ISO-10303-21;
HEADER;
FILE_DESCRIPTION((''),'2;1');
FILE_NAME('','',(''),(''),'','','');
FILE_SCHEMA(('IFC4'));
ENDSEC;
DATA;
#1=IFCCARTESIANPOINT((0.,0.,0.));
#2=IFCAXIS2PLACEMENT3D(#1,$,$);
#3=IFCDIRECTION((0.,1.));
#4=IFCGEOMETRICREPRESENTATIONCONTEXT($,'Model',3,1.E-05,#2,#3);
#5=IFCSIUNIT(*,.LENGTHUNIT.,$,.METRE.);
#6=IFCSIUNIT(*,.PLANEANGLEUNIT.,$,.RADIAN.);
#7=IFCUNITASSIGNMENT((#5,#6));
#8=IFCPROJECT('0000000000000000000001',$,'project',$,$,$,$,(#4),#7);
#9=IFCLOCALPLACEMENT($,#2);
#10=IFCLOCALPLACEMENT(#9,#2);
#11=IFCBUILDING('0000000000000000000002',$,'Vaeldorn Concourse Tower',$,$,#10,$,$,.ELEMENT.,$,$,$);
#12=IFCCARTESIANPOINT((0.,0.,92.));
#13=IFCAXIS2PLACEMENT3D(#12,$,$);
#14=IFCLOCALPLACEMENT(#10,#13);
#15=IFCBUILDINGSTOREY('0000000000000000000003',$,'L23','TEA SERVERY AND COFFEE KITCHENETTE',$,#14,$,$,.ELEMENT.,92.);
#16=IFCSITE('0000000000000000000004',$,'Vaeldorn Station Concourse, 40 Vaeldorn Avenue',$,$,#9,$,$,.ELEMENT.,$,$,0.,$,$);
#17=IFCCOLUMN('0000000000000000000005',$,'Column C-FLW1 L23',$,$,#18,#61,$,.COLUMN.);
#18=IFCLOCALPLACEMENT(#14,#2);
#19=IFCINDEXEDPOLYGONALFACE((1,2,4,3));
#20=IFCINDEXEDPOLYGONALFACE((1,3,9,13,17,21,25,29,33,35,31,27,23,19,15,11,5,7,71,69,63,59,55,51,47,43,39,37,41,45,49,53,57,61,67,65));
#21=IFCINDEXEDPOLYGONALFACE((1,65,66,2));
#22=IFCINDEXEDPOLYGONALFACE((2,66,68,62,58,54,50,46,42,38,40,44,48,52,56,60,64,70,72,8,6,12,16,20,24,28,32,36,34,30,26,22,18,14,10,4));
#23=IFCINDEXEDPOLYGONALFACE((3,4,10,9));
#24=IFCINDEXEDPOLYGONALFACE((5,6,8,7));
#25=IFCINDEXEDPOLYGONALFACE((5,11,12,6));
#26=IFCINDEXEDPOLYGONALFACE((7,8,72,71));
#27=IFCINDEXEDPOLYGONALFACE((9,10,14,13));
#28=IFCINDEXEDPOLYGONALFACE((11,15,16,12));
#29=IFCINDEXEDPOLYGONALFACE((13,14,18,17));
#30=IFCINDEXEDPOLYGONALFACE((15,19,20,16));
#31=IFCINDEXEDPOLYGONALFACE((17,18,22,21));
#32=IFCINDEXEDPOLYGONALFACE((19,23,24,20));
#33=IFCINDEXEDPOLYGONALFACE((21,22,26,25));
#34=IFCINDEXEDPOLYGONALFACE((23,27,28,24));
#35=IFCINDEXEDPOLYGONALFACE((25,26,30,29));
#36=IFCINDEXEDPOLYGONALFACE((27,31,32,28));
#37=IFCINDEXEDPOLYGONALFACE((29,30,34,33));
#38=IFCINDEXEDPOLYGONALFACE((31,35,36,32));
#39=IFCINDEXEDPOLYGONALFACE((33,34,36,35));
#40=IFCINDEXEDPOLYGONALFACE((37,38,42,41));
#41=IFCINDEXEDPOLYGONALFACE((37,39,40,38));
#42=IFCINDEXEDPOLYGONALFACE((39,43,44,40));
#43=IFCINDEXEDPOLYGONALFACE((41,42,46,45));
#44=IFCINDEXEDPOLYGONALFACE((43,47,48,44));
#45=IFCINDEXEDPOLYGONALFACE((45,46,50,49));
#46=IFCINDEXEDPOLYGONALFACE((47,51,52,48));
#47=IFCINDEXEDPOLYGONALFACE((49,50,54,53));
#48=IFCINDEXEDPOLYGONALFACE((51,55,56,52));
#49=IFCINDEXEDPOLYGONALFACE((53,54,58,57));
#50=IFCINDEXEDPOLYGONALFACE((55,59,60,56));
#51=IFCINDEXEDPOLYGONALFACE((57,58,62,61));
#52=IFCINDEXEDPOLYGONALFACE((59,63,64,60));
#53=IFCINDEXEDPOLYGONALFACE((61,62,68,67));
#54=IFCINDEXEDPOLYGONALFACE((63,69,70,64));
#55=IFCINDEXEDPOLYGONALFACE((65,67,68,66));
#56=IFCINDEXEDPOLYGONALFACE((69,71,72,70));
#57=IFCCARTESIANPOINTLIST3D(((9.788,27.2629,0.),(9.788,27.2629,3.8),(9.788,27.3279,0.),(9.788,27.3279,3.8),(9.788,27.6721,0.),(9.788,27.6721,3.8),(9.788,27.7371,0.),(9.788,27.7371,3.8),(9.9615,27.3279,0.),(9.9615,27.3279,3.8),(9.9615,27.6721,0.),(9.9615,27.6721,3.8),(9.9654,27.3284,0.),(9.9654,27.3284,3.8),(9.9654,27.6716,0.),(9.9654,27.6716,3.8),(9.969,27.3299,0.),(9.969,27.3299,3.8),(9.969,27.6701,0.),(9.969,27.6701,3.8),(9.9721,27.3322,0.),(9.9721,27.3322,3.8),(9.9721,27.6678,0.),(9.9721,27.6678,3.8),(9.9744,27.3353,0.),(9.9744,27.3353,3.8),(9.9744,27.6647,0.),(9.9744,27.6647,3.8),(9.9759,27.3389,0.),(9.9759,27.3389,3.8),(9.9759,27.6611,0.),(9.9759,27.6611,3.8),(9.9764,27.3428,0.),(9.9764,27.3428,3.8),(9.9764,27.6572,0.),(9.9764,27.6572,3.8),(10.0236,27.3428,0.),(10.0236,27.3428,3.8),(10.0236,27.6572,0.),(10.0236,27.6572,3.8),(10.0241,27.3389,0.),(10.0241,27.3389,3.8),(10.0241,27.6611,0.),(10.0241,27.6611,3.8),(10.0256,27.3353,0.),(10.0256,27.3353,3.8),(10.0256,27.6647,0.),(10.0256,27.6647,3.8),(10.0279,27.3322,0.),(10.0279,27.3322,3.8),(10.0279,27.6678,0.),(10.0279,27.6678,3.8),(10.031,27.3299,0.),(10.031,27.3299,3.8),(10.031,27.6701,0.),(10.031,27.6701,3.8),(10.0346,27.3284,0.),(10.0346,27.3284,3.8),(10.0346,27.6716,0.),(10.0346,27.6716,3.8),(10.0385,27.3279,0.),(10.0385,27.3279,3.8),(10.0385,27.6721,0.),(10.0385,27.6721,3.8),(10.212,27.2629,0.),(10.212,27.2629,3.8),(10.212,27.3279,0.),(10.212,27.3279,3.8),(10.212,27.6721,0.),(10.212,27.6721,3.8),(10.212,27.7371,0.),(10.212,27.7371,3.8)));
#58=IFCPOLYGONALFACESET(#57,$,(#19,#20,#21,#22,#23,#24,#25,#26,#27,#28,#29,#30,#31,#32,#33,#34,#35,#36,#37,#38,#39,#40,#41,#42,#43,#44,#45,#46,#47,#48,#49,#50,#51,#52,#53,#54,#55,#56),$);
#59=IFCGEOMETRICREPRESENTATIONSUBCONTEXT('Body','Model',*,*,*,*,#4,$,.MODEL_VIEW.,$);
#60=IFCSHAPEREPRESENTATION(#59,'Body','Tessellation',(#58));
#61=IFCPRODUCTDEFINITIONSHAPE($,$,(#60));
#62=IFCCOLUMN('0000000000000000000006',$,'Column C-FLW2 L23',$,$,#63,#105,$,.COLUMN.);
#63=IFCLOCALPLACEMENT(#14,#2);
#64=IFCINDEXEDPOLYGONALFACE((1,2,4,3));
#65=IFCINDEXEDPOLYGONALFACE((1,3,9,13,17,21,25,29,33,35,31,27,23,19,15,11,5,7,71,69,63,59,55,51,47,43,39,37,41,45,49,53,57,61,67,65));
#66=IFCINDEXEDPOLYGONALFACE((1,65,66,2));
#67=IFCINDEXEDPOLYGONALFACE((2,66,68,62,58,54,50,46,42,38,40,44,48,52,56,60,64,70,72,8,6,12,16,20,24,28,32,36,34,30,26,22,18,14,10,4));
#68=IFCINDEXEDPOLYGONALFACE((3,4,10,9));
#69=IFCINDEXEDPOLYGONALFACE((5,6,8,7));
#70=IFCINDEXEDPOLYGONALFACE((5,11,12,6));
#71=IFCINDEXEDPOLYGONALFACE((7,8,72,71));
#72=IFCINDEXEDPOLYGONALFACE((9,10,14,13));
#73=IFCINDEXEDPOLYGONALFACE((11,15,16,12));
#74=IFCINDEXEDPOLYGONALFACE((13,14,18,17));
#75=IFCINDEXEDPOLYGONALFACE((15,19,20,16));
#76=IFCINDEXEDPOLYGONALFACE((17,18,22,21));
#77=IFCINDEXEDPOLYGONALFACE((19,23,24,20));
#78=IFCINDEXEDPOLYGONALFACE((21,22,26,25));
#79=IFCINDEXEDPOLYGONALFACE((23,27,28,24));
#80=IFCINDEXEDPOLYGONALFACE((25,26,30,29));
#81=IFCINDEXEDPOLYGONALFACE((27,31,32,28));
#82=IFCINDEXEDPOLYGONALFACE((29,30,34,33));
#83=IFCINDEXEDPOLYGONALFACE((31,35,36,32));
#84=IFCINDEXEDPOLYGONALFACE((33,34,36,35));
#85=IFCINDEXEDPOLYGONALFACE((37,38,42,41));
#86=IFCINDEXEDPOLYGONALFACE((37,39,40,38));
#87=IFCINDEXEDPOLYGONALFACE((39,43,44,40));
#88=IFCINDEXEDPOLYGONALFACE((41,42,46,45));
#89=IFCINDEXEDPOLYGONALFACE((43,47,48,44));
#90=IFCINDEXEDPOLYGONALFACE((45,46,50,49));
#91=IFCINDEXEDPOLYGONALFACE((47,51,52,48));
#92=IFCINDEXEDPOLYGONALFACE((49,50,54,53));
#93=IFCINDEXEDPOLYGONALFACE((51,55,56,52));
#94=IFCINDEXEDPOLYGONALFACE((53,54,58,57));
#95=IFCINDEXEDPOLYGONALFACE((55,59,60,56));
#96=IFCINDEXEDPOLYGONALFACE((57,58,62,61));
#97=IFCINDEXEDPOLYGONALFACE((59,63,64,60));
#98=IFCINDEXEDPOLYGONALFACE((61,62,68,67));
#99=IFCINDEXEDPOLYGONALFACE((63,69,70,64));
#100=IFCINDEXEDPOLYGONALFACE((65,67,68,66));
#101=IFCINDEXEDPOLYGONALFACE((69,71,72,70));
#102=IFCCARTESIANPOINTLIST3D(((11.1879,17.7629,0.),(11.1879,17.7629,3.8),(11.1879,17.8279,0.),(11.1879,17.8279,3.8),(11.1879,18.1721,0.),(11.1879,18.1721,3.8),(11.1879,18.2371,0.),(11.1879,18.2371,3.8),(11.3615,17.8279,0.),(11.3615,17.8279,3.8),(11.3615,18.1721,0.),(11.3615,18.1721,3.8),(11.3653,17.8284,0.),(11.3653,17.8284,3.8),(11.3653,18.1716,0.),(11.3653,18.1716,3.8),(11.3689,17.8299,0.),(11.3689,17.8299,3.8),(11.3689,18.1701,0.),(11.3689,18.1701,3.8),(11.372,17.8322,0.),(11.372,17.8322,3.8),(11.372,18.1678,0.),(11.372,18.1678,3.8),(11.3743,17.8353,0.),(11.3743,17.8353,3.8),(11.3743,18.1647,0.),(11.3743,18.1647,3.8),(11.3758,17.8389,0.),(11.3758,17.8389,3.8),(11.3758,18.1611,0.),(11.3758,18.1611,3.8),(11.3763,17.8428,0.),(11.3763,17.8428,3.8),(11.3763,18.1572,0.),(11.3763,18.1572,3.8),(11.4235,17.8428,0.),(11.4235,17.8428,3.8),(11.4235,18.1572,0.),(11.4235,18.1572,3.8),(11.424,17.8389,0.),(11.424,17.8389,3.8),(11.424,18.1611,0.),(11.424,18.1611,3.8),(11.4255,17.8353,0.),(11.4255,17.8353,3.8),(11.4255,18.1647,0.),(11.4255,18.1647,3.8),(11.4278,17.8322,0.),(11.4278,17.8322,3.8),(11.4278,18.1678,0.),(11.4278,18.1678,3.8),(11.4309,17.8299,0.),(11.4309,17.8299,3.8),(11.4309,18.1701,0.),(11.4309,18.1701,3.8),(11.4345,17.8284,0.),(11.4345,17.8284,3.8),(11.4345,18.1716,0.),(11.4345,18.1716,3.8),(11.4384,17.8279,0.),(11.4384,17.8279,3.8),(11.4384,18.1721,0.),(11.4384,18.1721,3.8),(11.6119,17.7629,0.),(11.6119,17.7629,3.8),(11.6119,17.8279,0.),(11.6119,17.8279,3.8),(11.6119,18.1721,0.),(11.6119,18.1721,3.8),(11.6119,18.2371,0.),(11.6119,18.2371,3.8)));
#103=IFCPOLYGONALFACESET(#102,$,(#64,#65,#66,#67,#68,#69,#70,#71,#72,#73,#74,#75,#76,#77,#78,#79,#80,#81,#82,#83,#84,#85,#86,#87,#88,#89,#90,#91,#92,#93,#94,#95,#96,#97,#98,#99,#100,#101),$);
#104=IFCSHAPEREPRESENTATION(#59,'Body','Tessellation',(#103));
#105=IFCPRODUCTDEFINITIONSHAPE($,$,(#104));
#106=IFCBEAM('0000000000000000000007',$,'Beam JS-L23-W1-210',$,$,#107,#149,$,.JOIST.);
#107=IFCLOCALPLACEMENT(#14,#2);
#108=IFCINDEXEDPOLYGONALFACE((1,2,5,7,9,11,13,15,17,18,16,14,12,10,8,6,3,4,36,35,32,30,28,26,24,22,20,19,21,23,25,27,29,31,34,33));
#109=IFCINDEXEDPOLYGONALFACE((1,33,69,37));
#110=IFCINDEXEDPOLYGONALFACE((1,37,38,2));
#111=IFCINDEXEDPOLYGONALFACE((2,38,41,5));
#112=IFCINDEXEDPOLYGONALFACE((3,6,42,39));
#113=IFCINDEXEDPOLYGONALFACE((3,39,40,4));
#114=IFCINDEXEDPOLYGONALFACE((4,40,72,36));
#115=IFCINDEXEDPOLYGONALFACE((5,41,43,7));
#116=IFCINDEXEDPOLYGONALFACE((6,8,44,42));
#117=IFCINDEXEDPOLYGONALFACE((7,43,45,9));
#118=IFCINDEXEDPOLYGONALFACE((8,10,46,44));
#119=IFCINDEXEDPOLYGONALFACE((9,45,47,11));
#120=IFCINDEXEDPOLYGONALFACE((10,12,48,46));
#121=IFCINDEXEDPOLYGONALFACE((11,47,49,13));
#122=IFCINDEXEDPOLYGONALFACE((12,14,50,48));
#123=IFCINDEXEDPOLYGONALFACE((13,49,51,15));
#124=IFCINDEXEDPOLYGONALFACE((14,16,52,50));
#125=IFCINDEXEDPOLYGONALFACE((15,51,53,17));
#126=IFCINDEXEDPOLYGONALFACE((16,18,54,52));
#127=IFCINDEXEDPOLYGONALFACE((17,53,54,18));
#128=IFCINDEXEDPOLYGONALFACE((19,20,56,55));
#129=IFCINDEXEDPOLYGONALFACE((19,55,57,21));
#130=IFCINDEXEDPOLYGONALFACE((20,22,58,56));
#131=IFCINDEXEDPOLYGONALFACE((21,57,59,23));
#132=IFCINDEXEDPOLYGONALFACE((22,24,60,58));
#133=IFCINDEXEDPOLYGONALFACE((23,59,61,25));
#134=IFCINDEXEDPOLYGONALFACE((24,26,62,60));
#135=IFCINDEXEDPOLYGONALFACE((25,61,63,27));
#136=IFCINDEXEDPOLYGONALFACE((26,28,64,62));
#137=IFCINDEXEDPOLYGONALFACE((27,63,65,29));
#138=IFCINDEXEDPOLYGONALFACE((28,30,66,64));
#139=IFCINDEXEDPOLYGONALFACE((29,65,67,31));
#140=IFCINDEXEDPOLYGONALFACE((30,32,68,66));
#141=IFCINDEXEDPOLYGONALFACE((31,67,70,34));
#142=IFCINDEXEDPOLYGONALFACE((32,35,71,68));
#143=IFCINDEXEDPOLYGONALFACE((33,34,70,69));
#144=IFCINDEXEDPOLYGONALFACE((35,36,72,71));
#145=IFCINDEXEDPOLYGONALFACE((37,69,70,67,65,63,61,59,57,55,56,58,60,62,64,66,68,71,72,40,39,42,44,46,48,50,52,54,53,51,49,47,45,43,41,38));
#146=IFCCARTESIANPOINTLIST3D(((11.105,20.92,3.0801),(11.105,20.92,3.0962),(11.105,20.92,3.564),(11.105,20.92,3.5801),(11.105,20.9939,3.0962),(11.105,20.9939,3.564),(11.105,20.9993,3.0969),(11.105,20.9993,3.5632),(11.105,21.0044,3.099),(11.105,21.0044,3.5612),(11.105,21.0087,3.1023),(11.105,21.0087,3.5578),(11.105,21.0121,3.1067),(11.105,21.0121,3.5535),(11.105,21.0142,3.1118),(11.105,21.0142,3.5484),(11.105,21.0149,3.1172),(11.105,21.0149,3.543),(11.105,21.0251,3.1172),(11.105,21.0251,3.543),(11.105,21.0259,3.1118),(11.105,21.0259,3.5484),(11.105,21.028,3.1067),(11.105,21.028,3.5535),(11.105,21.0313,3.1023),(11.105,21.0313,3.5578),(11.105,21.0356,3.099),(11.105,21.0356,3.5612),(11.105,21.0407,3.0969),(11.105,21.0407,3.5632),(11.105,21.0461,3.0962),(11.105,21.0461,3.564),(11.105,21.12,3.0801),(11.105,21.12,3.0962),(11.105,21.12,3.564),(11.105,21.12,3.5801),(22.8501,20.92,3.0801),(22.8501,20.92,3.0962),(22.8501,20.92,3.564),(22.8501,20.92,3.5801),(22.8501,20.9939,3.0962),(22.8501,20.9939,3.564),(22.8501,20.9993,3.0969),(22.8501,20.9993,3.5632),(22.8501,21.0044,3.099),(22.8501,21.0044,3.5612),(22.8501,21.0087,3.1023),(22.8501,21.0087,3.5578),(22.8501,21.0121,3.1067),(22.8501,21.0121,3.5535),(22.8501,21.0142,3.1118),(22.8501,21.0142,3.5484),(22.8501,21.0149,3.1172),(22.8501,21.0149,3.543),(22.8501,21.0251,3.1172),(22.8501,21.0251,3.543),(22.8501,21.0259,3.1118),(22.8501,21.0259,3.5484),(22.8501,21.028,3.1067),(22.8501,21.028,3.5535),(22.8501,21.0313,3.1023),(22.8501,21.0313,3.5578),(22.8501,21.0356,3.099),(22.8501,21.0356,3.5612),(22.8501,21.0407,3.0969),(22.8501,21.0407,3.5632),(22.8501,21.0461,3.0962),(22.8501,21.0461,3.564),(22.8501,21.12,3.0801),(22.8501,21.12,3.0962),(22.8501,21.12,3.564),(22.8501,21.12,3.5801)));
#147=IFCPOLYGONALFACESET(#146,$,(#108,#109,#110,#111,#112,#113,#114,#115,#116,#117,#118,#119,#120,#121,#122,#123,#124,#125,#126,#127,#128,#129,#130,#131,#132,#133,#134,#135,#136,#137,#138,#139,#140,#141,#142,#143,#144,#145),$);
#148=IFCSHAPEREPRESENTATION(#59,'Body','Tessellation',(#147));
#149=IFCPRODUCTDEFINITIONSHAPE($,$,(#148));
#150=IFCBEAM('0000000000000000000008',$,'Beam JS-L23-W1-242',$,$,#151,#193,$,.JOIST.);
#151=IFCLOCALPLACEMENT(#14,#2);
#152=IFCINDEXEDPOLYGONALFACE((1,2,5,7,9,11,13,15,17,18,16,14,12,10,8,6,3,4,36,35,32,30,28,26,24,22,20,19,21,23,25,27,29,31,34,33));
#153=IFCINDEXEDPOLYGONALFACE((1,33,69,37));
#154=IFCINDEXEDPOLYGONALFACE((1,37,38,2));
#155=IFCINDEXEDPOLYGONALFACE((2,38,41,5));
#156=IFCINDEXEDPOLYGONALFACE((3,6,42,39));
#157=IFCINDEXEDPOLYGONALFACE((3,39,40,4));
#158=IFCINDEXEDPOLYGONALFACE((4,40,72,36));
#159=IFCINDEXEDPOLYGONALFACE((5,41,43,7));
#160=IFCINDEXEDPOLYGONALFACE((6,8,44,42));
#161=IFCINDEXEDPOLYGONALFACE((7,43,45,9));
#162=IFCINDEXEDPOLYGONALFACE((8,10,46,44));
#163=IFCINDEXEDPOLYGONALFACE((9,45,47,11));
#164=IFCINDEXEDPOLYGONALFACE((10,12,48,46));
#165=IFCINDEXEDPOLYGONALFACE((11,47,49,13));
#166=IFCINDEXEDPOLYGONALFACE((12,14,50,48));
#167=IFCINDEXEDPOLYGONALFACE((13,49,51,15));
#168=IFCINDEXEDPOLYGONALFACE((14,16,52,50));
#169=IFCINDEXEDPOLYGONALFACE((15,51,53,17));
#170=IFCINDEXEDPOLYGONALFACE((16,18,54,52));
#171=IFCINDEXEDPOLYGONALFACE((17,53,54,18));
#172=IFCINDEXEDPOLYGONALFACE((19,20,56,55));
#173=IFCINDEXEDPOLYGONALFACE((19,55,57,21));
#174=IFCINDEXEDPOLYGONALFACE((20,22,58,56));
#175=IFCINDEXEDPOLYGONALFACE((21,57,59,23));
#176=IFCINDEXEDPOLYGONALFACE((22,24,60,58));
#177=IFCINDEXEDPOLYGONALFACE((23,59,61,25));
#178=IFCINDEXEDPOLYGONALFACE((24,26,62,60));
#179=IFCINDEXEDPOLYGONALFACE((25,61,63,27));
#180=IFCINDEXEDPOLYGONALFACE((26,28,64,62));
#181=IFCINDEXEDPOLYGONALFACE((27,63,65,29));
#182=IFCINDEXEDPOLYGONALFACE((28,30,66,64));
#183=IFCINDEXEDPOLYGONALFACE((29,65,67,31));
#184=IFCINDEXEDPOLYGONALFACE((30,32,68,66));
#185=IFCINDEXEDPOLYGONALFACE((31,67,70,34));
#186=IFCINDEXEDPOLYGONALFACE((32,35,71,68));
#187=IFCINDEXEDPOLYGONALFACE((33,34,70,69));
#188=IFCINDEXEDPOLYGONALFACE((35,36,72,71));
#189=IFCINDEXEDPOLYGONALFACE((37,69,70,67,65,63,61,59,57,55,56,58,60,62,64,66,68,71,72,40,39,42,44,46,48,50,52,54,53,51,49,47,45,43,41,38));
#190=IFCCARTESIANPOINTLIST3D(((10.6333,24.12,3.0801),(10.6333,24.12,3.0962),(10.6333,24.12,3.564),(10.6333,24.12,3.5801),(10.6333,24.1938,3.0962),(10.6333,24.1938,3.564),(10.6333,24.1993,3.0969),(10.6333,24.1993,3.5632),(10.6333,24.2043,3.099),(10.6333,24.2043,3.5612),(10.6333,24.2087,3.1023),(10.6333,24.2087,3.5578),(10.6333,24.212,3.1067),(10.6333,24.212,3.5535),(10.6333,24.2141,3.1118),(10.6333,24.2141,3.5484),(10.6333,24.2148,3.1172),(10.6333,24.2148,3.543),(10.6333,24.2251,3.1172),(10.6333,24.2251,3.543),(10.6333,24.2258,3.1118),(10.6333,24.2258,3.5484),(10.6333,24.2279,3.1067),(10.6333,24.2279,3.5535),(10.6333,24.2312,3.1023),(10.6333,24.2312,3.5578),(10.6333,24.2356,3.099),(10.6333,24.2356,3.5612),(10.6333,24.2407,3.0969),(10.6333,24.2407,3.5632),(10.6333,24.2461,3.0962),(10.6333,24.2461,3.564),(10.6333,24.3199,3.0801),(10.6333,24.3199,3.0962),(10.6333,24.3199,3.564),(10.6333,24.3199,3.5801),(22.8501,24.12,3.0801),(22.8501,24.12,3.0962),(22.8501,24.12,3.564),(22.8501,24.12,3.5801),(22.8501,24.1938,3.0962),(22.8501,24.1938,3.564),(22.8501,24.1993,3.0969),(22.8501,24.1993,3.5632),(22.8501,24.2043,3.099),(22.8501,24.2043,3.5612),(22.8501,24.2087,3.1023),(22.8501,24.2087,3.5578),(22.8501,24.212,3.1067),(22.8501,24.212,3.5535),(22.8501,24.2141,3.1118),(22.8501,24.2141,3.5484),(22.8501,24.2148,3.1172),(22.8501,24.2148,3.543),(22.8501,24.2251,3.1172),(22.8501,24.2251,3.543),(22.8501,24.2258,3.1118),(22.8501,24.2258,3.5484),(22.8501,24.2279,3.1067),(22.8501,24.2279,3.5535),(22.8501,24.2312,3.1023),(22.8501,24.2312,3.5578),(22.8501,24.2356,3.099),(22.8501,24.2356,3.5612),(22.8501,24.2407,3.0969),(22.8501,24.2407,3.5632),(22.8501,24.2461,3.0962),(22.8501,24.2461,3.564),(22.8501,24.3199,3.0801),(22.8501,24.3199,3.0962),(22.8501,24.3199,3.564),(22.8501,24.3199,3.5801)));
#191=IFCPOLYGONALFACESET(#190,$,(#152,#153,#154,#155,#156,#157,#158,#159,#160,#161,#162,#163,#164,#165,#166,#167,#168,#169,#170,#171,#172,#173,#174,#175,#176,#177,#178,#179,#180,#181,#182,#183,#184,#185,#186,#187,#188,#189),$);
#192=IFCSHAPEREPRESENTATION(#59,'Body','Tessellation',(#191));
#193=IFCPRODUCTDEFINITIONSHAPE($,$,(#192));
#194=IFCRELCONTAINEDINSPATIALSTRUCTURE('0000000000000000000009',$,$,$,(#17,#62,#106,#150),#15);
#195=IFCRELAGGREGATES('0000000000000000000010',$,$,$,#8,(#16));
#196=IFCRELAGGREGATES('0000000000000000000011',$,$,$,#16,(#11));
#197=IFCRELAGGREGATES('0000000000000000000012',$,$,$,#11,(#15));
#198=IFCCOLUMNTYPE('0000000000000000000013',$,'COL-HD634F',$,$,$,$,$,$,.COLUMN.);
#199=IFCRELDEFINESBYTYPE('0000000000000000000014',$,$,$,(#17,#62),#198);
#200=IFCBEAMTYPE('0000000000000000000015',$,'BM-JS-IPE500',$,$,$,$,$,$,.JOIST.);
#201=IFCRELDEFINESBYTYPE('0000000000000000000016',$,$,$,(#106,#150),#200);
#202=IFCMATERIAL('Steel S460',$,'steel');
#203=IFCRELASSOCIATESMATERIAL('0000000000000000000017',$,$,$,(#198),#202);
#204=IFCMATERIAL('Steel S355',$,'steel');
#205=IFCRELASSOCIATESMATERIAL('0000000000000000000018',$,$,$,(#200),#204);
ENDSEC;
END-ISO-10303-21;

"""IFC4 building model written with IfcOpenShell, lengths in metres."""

from ifc_helpers import new_model, si_unit, direction, frame, origin, origin_2d, place, context, subcontext, project, spatial, i_section, extrude, source, transform, mapped, material, material_profile, profile_set, type_object, element, save


model = new_model("IFC4")

# Units and contexts
model_context = context("Model", 3, precision=1e-05, world=origin(), true_north=direction((0.0, 1.0)))
body_context = subcontext(model_context, "Body", "Model", "MODEL_VIEW")
ifc_project = project(units=[si_unit("LENGTHUNIT", "METRE"), si_unit("PLANEANGLEUNIT", "RADIAN")], contexts=[model_context])

# Site, building, storey
site_placement = place(None, origin())
site = spatial("IfcSite", under=ifc_project, at=site_placement, Name="Vaeldorn Station Concourse, 40 Vaeldorn Avenue", CompositionType="ELEMENT", RefElevation=0.0)
building_placement = place(site_placement, origin())
building = spatial("IfcBuilding", under=site, at=building_placement, Name="Vaeldorn Concourse Tower", CompositionType="ELEMENT")
storey_placement = place(building_placement, frame((0.0, 0.0, 92.0)))
storey = spatial("IfcBuildingStorey", under=building, at=storey_placement, Name="L23", Description="TEA SERVERY AND COFFEE KITCHENETTE", CompositionType="ELEMENT", Elevation=92.0)

# Columns
ifc_material_1 = material(Name="Steel S460", Category="steel")
ifc_material_profile_1 = material_profile(ifc_material_1, i_section(OverallWidth=0.4241, OverallDepth=0.4741, WebThickness=0.0471, FlangeThickness=0.0649, FilletRadius=0.0149, at=origin_2d()), Name="HD 400x634")
ifc_profile_set_1 = profile_set([ifc_material_profile_1], Name="Steel S460")
column_type = type_object("IfcColumnType", Name="COL-HD634F", PredefinedType="COLUMN", material=ifc_profile_set_1)
shared_shape_1 = source(origin(), body_context, "Body", "SweptSolid", [
    extrude(i_section(OverallWidth=0.4241, OverallDepth=0.4741, WebThickness=0.0471, FlangeThickness=0.0649, FilletRadius=0.0149, at=origin_2d()), origin(), (0.0, 0.0, 1.0), 3.8),
])
for number, where, z_axis, x_axis, name in (
    (1, (10.0, 27.5, 0.0), (0.0, 0.0, 1.0), (1.0, 0.0, 0.0), "Column C-FLW1 L23"),
    (2, (11.3999, 18.0, 0.0), (0.0, 0.0, 1.0), (1.0, 0.0, 0.0), "Column C-FLW2 L23"),
):
    element("IfcColumn", number, at=place(storey_placement, frame(where, z_axis=z_axis, x_axis=x_axis)), inside=storey, type_object=column_type, Name=name, PredefinedType="COLUMN", context=body_context, shape_type="MappedRepresentation", body=[
        mapped(shared_shape_1, transform((0.0, 0.0, 0.0), scale=1.0)),
    ])

# Beams
ifc_material_2 = material(Name="Steel S355", Category="steel")
ifc_material_profile_2 = material_profile(ifc_material_2, i_section(OverallWidth=0.2, OverallDepth=0.5, WebThickness=0.0103, FlangeThickness=0.0161, FilletRadius=0.021, at=origin_2d()), Name="IPE 500")
ifc_profile_set_2 = profile_set([ifc_material_profile_2], Name="Steel S355")
beam_type_1 = type_object("IfcBeamType", Name="BM-JS-IPE500", PredefinedType="JOIST", material=ifc_profile_set_2)
shared_shape_2 = source(origin(), body_context, "Body", "SweptSolid", [
    extrude(i_section(OverallWidth=0.2, OverallDepth=0.5, WebThickness=0.0103, FlangeThickness=0.0161, FilletRadius=0.021, at=origin_2d()), origin(), (0.0, 0.0, 1.0), 11.7451),
])
beam_1_placement = place(storey_placement, frame((11.105, 21.02, 3.3301), z_axis=(1.0, 0.0, 0.0), x_axis=(0.0, 1.0, 0.0)))
element("IfcBeam", 3, at=beam_1_placement, inside=storey, type_object=beam_type_1, Name="Beam JS-L23-W1-210", PredefinedType="JOIST", context=body_context, shape_type="MappedRepresentation", body=[
    mapped(shared_shape_2, transform((0.0, 0.0, 0.0), scale=1.0)),
])
shared_shape_3 = source(origin(), body_context, "Body", "SweptSolid", [
    extrude(i_section(OverallWidth=0.2, OverallDepth=0.5, WebThickness=0.0103, FlangeThickness=0.0161, FilletRadius=0.021, at=origin_2d()), origin(), (0.0, 0.0, 1.0), 12.2168),
])
beam_2_placement = place(storey_placement, frame((10.6333, 24.22, 3.3301), z_axis=(1.0, 0.0, 0.0), x_axis=(0.0, 1.0, 0.0)))
element("IfcBeam", 4, at=beam_2_placement, inside=storey, type_object=beam_type_1, Name="Beam JS-L23-W1-242", PredefinedType="JOIST", context=body_context, shape_type="MappedRepresentation", body=[
    mapped(shared_shape_3, transform((0.0, 0.0, 0.0), scale=1.0)),
])

save(model, "model.ifc")
